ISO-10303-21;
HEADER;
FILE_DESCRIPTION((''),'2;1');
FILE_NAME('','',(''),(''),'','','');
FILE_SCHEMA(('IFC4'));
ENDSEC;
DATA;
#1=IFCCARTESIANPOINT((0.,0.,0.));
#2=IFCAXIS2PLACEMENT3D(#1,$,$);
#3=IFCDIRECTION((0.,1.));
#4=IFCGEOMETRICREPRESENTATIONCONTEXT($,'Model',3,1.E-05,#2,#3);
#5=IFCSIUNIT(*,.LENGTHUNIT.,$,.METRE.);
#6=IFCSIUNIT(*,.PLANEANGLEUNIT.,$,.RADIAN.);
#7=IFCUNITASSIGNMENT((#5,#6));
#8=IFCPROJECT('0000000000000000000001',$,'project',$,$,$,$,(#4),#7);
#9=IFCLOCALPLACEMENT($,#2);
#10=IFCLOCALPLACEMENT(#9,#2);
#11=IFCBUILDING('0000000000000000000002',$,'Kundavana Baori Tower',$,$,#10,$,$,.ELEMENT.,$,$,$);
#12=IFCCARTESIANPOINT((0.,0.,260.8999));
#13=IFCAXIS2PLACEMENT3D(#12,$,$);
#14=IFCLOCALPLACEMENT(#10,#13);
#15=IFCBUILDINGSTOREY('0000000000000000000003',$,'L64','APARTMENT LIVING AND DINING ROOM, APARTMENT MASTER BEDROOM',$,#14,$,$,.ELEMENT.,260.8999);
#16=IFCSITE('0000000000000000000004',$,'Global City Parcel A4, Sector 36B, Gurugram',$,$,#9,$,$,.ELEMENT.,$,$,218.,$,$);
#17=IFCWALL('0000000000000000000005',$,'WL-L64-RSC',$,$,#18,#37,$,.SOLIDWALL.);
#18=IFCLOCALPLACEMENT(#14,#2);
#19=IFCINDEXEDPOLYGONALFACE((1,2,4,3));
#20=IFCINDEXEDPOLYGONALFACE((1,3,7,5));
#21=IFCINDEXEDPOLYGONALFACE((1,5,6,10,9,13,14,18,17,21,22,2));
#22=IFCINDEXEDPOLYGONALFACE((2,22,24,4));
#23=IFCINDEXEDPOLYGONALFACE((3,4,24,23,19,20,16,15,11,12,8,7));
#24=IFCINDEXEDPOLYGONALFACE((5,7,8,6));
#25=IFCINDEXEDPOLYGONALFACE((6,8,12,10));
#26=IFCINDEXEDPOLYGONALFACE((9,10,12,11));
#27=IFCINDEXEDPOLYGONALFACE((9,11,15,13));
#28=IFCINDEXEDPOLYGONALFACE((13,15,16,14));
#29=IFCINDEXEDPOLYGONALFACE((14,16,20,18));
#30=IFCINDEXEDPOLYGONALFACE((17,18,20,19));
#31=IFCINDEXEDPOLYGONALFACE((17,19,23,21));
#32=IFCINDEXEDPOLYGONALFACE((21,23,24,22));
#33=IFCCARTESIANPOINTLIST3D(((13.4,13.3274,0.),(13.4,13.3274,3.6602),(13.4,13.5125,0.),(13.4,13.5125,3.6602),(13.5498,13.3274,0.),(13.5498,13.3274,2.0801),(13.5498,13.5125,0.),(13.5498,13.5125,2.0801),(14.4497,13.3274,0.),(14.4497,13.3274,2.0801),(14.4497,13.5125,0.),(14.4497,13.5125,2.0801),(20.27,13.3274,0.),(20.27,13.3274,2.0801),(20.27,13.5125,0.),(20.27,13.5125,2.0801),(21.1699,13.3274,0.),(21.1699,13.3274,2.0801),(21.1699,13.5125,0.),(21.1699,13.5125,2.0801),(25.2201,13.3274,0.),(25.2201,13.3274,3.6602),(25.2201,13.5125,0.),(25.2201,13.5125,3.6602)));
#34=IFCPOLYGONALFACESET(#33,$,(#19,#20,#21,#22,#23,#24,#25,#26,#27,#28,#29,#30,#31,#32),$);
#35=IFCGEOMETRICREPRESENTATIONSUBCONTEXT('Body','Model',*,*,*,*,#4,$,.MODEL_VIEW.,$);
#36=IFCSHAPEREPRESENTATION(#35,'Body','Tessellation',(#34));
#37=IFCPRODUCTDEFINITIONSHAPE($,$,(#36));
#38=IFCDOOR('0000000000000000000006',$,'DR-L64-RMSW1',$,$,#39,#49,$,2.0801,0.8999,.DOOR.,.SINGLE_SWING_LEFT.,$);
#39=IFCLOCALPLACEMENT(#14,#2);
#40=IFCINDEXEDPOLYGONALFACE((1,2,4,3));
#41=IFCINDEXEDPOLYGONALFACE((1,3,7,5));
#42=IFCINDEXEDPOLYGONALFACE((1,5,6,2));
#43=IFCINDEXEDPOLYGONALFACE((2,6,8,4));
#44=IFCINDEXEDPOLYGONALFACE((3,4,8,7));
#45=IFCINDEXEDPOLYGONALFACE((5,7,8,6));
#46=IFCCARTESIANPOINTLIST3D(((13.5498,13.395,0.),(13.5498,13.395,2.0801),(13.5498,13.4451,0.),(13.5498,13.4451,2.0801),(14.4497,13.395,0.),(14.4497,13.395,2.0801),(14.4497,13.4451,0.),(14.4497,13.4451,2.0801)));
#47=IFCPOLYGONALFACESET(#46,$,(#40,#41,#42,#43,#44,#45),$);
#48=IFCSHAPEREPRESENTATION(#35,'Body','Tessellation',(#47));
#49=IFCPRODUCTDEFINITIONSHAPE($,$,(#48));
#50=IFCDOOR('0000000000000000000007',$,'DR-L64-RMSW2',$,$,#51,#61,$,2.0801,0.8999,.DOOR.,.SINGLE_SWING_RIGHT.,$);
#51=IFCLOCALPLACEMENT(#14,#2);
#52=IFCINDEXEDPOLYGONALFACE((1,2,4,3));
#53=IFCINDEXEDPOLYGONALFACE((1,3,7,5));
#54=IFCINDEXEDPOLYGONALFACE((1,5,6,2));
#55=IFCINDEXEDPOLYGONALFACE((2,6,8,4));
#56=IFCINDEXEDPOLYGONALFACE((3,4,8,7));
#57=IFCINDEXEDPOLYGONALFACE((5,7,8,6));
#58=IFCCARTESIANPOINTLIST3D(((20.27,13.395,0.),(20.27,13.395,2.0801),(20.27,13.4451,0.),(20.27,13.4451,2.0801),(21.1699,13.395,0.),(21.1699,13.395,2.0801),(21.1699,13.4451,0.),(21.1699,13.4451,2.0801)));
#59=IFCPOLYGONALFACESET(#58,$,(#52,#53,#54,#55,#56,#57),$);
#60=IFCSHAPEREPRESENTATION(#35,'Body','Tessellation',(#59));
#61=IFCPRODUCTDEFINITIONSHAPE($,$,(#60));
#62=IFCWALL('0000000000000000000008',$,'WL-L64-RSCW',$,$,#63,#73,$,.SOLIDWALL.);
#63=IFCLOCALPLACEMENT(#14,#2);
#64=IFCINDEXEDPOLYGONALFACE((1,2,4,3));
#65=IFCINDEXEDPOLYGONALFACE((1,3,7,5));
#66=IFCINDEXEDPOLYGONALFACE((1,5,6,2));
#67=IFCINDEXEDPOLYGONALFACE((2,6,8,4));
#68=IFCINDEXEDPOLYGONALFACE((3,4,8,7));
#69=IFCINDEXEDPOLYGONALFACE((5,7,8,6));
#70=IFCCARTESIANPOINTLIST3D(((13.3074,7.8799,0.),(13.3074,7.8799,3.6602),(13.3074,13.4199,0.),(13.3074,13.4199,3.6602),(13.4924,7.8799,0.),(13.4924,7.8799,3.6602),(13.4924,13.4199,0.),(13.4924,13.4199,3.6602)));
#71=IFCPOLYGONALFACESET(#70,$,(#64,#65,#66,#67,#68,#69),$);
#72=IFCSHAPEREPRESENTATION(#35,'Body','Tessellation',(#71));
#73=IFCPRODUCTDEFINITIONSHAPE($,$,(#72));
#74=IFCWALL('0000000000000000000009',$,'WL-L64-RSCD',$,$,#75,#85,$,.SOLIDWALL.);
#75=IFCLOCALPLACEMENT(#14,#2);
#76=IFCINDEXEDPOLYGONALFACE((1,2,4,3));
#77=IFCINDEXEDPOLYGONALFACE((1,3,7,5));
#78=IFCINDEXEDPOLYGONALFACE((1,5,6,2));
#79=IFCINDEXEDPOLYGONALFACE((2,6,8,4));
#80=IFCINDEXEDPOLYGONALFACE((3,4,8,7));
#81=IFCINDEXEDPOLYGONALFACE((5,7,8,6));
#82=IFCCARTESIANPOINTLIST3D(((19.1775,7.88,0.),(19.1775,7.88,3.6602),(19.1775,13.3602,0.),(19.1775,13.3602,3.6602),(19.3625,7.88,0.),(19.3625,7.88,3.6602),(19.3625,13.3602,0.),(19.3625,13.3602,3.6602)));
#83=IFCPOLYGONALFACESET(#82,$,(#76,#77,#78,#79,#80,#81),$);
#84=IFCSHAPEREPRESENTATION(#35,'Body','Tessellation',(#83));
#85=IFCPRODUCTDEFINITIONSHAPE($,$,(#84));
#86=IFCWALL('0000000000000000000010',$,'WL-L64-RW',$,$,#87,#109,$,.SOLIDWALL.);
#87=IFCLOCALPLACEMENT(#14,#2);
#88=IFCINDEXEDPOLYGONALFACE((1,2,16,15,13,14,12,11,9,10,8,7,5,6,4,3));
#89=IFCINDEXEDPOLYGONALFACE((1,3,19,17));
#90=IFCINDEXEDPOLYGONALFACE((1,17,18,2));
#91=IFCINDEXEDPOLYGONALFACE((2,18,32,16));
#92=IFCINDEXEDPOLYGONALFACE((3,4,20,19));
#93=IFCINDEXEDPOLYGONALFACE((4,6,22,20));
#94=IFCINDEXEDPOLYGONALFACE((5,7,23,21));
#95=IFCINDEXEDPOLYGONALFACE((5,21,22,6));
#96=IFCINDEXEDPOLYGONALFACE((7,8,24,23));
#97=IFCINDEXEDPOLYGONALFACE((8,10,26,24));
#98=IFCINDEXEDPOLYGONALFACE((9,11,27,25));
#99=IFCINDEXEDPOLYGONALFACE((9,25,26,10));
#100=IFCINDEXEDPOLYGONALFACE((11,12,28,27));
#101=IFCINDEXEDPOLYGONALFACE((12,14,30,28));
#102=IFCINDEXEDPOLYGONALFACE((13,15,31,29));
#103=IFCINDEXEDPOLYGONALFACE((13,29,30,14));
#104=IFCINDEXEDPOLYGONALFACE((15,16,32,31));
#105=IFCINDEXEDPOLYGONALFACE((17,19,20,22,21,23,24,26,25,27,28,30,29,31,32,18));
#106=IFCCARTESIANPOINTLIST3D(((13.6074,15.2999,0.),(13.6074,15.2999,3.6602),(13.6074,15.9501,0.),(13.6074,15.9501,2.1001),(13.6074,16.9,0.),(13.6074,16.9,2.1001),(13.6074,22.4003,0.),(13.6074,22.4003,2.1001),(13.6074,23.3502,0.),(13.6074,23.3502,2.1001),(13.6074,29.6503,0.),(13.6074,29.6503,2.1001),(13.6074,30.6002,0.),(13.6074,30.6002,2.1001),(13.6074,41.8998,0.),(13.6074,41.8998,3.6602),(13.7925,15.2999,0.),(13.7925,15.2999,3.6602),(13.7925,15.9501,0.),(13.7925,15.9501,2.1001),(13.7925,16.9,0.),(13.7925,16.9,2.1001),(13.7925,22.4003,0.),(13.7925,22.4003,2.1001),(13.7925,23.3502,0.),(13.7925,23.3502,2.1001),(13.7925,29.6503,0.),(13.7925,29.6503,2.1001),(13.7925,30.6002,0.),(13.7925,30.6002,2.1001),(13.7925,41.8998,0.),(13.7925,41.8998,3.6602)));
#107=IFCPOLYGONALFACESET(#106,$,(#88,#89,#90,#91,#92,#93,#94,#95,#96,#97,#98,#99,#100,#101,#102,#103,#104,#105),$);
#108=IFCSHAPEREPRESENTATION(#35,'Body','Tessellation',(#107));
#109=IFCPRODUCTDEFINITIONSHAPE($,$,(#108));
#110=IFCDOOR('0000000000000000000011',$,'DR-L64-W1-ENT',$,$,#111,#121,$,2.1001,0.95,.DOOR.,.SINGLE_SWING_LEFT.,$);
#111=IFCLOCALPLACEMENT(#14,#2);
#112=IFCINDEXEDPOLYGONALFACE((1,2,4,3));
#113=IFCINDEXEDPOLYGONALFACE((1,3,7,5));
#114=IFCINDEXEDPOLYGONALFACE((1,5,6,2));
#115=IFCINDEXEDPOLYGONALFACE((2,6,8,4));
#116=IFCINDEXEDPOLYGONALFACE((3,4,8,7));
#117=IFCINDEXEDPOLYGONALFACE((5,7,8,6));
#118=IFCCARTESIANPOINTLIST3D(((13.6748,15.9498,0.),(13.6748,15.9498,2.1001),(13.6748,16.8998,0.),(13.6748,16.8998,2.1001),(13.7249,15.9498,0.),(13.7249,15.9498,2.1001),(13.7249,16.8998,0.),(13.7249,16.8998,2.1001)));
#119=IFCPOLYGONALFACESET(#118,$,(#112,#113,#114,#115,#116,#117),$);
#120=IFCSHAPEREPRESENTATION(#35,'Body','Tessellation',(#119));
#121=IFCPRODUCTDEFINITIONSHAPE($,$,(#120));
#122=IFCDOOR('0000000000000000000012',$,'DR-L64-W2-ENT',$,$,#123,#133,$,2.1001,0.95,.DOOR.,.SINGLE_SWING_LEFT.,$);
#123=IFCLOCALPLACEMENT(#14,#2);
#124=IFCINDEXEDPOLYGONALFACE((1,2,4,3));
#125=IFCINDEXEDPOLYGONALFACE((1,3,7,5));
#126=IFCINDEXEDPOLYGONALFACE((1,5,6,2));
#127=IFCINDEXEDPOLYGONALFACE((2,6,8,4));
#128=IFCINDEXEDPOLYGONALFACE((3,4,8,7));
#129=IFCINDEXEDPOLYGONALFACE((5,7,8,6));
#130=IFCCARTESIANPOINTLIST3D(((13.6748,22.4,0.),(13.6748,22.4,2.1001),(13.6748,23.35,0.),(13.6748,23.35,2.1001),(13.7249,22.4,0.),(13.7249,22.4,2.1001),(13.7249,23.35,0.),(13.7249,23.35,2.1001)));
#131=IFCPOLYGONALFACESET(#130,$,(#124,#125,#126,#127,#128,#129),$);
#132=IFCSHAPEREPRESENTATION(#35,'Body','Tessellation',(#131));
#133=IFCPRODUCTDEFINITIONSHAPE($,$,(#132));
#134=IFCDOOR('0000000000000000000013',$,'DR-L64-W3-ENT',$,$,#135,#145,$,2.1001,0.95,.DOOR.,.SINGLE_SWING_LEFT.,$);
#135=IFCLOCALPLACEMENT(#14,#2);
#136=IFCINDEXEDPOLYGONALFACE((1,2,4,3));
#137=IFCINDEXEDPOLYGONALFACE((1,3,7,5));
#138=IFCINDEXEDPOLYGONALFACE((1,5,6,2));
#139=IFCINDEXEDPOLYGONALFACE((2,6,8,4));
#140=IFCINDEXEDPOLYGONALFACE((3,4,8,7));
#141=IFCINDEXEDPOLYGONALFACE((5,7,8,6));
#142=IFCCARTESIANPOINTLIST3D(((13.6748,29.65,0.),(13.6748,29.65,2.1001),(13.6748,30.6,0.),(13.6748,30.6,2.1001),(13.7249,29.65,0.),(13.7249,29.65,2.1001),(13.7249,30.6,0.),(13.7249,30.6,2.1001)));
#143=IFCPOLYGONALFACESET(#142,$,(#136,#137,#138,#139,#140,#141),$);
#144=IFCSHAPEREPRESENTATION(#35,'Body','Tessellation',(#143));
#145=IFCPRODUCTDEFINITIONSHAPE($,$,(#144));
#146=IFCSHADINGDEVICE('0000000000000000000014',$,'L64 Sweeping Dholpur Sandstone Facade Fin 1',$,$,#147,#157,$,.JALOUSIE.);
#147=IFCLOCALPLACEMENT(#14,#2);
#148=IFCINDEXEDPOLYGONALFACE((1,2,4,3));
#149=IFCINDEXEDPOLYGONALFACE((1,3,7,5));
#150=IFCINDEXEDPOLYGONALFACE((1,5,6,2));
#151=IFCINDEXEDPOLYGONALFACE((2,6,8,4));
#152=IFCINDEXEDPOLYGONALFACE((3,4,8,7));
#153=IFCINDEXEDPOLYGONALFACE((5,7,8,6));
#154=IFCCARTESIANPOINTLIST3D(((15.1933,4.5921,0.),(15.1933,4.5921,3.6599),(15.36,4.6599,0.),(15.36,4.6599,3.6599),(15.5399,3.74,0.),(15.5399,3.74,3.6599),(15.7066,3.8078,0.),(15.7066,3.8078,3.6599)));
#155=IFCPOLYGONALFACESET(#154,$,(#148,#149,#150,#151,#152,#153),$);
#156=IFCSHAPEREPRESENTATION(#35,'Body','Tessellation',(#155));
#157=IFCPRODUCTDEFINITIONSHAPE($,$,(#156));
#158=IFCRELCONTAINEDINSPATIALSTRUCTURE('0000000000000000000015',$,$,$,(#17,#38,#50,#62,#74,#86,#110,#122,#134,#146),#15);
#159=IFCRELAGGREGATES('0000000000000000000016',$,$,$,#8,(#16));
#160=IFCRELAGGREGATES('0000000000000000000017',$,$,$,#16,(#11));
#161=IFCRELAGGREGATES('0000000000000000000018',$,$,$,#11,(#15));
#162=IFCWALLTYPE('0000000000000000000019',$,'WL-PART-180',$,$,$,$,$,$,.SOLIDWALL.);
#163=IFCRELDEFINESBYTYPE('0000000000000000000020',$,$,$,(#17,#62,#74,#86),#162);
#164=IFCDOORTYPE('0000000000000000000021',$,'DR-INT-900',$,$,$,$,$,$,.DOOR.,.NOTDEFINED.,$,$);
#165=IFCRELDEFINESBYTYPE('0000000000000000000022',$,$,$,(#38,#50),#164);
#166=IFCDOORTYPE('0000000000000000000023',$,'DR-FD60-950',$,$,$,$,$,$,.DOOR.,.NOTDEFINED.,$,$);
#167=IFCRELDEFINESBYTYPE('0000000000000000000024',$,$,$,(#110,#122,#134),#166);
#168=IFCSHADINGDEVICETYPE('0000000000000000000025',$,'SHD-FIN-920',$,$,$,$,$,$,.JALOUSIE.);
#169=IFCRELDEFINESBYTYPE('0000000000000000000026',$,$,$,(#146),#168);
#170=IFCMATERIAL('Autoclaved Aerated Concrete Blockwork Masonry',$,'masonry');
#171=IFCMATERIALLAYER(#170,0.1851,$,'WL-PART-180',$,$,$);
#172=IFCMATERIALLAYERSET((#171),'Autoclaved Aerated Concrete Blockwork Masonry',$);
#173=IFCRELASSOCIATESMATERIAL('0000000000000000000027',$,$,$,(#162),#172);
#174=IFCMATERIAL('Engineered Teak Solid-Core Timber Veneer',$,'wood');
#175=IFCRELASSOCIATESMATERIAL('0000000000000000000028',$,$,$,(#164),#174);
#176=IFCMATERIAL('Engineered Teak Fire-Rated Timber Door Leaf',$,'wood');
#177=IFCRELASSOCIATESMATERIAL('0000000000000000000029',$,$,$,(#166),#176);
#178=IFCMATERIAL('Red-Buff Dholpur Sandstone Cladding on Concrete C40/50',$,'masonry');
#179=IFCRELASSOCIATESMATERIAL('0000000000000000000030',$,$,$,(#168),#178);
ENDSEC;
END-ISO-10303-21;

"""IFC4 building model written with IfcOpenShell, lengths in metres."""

from ifc_helpers import new_model, si_unit, direction, frame, frame_2d, origin, origin_2d, place, context, subcontext, project, spatial, rectangle, extrude, material, layer, layer_set, type_object, element, fill, save


model = new_model("IFC4")

# Units and contexts
model_context = context("Model", 3, precision=1e-05, world=origin(), true_north=direction((0.0, 1.0)))
body_context = subcontext(model_context, "Body", "Model", "MODEL_VIEW")
ifc_project = project(units=[si_unit("LENGTHUNIT", "METRE"), si_unit("PLANEANGLEUNIT", "RADIAN")], contexts=[model_context])

# Site, building, storey
site_placement = place(None, origin())
site = spatial("IfcSite", under=ifc_project, at=site_placement, Name="Global City Parcel A4, Sector 36B, Gurugram", CompositionType="ELEMENT", RefElevation=218.0)
building_placement = place(site_placement, origin())
building = spatial("IfcBuilding", under=site, at=building_placement, Name="Kundavana Baori Tower", CompositionType="ELEMENT")
storey_placement = place(building_placement, frame((0.0, 0.0, 260.8999)))
storey = spatial("IfcBuildingStorey", under=building, at=storey_placement, Name="L64", Description="APARTMENT LIVING AND DINING ROOM, APARTMENT MASTER BEDROOM", CompositionType="ELEMENT", Elevation=260.8999)

# Wall, openings, doors
ifc_material_1 = material(Name="Autoclaved Aerated Concrete Blockwork Masonry", Category="masonry")
ifc_layer_1 = layer(ifc_material_1, 0.1851, Name="WL-PART-180")
ifc_layer_set_1 = layer_set([ifc_layer_1], Name="Autoclaved Aerated Concrete Blockwork Masonry")
wall_type_1 = type_object("IfcWallType", Name="WL-PART-180", PredefinedType="SOLIDWALL", material=ifc_layer_set_1)
wall_1_placement = place(storey_placement, frame((13.3999, 13.4199, 0.0), z_axis=(0.0, 0.0, 1.0), x_axis=(1.0, 0.0, 0.0)))
wall_1 = element("IfcWall", 1, at=wall_1_placement, inside=storey, type_object=wall_type_1, Name="WL-L64-RSC", PredefinedType="SOLIDWALL", context=body_context, shape_type="SweptSolid", body=[
    extrude(rectangle(XDim=11.8201, YDim=0.1851, at=frame_2d((5.9102, 0.0))), origin(), (0.0, 0.0, 1.0), 3.6602),
])
opening_1_placement = place(wall_1_placement, frame((0.1499, 0.0, 0.0)))
opening_1 = element("IfcOpeningElement", 2, at=opening_1_placement, cuts=wall_1, PredefinedType="OPENING", context=body_context, shape_type="SweptSolid", body=[
    extrude(rectangle(XDim=0.8999, YDim=2.0801, at=frame_2d((0.45, 1.04))), frame((0.0, 0.1025, 0.0), z_axis=(0.0, -1.0, 0.0), x_axis=(1.0, 0.0, 0.0)), (0.0, 0.0, 1.0), 0.2051),
])
opening_2_placement = place(wall_1_placement, frame((6.8701, 0.0, 0.0)))
opening_2 = element("IfcOpeningElement", 3, at=opening_2_placement, cuts=wall_1, PredefinedType="OPENING", context=body_context, shape_type="SweptSolid", body=[
    extrude(rectangle(XDim=0.8999, YDim=2.0801, at=frame_2d((0.45, 1.04))), frame((0.0, 0.1025, 0.0), z_axis=(0.0, -1.0, 0.0), x_axis=(1.0, 0.0, 0.0)), (0.0, 0.0, 1.0), 0.2051),
])
ifc_material_2 = material(Name="Engineered Teak Solid-Core Timber Veneer", Category="wood")
door_type_1 = type_object("IfcDoorType", Name="DR-INT-900", OperationType="NOTDEFINED", PredefinedType="DOOR", material=ifc_material_2)
door_1_placement = place(opening_1_placement, frame((0.8999, 0.0, 0.0), z_axis=(0.0, 0.0, 1.0), x_axis=(-1.0, 0.0, 0.0)))
door_1 = element("IfcDoor", 4, at=door_1_placement, inside=storey, type_object=door_type_1, Name="DR-L64-RMSW1", OperationType="SINGLE_SWING_LEFT", OverallHeight=2.0801, OverallWidth=0.8999, PredefinedType="DOOR", context=body_context, shape_type="SweptSolid", body=[
    extrude(rectangle(XDim=0.8999, YDim=2.0801, at=frame_2d((0.45, 1.04))), frame((0.0, 0.0249, 0.0), z_axis=(0.0, -1.0, 0.0), x_axis=(1.0, 0.0, 0.0)), (0.0, 0.0, 1.0), 0.05),
])
fill(opening_1, door_1)
door_2_placement = place(opening_2_placement, frame((0.8999, 0.0, 0.0), z_axis=(0.0, 0.0, 1.0), x_axis=(-1.0, 0.0, 0.0)))
door_2 = element("IfcDoor", 5, at=door_2_placement, inside=storey, type_object=door_type_1, Name="DR-L64-RMSW2", OperationType="SINGLE_SWING_RIGHT", OverallHeight=2.0801, OverallWidth=0.8999, PredefinedType="DOOR", context=body_context, shape_type="SweptSolid", body=[
    extrude(rectangle(XDim=0.8999, YDim=2.0801, at=frame_2d((0.45, 1.04))), frame((0.0, 0.0249, 0.0), z_axis=(0.0, -1.0, 0.0), x_axis=(1.0, 0.0, 0.0)), (0.0, 0.0, 1.0), 0.05),
])
fill(opening_2, door_2)

# Walls
wall_2_placement = place(storey_placement, frame((13.3999, 7.8799, 0.0), z_axis=(0.0, 0.0, 1.0), x_axis=(0.0, 1.0, 0.0)))
element("IfcWall", 6, at=wall_2_placement, inside=storey, type_object=wall_type_1, Name="WL-L64-RSCW", PredefinedType="SOLIDWALL", context=body_context, shape_type="SweptSolid", body=[
    extrude(rectangle(XDim=5.54, YDim=0.1851, at=frame_2d((2.77, 0.0))), origin(), (0.0, 0.0, 1.0), 3.6602),
])
wall_3_placement = place(storey_placement, frame((19.27, 7.8799, 0.0), z_axis=(0.0, 0.0, 1.0), x_axis=(0.0, 1.0, 0.0)))
element("IfcWall", 7, at=wall_3_placement, inside=storey, type_object=wall_type_1, Name="WL-L64-RSCD", PredefinedType="SOLIDWALL", context=body_context, shape_type="SweptSolid", body=[
    extrude(rectangle(XDim=5.4802, YDim=0.1851, at=frame_2d((2.7402, 0.0))), origin(), (0.0, 0.0, 1.0), 3.6602),
])

# Wall, openings, doors
wall_4_placement = place(storey_placement, frame((13.7, 15.3, 0.0), z_axis=(0.0, 0.0, 1.0), x_axis=(0.0, 1.0, 0.0)))
wall_4 = element("IfcWall", 8, at=wall_4_placement, inside=storey, type_object=wall_type_1, Name="WL-L64-RW", PredefinedType="SOLIDWALL", context=body_context, shape_type="SweptSolid", body=[
    extrude(rectangle(XDim=26.5999, YDim=0.1851, at=frame_2d((13.2998, 0.0))), origin(), (0.0, 0.0, 1.0), 3.6602),
])
opening_3_placement = place(wall_4_placement, frame((0.6499, 0.0, 0.0)))
opening_3 = element("IfcOpeningElement", 9, at=opening_3_placement, cuts=wall_4, PredefinedType="OPENING", context=body_context, shape_type="SweptSolid", body=[
    extrude(rectangle(XDim=0.95, YDim=2.1001, at=frame_2d((0.4751, 1.05))), frame((0.0, 0.1025, 0.0), z_axis=(0.0, -1.0, 0.0), x_axis=(1.0, 0.0, 0.0)), (0.0, 0.0, 1.0), 0.2051),
])
opening_4_placement = place(wall_4_placement, frame((7.1001, 0.0, 0.0)))
opening_4 = element("IfcOpeningElement", 10, at=opening_4_placement, cuts=wall_4, PredefinedType="OPENING", context=body_context, shape_type="SweptSolid", body=[
    extrude(rectangle(XDim=0.95, YDim=2.1001, at=frame_2d((0.4751, 1.05))), frame((0.0, 0.1025, 0.0), z_axis=(0.0, -1.0, 0.0), x_axis=(1.0, 0.0, 0.0)), (0.0, 0.0, 1.0), 0.2051),
])
opening_5_placement = place(wall_4_placement, frame((14.3501, 0.0, 0.0)))
opening_5 = element("IfcOpeningElement", 11, at=opening_5_placement, cuts=wall_4, PredefinedType="OPENING", context=body_context, shape_type="SweptSolid", body=[
    extrude(rectangle(XDim=0.95, YDim=2.1001, at=frame_2d((0.4751, 1.05))), frame((0.0, 0.1025, 0.0), z_axis=(0.0, -1.0, 0.0), x_axis=(1.0, 0.0, 0.0)), (0.0, 0.0, 1.0), 0.2051),
])
ifc_material_3 = material(Name="Engineered Teak Fire-Rated Timber Door Leaf", Category="wood")
door_type_2 = type_object("IfcDoorType", Name="DR-FD60-950", OperationType="NOTDEFINED", PredefinedType="DOOR", material=ifc_material_3)
door_3_placement = place(opening_3_placement, frame((0.95, 0.0, 0.0), z_axis=(0.0, 0.0, 1.0), x_axis=(-1.0, 0.0, 0.0)))
door_3 = element("IfcDoor", 12, at=door_3_placement, inside=storey, type_object=door_type_2, Name="DR-L64-W1-ENT", OperationType="SINGLE_SWING_LEFT", OverallHeight=2.1001, OverallWidth=0.95, PredefinedType="DOOR", context=body_context, shape_type="SweptSolid", body=[
    extrude(rectangle(XDim=0.95, YDim=2.1001, at=frame_2d((0.4751, 1.05))), frame((0.0, 0.0249, 0.0), z_axis=(0.0, -1.0, 0.0), x_axis=(1.0, 0.0, 0.0)), (0.0, 0.0, 1.0), 0.05),
])
fill(opening_3, door_3)
door_4_placement = place(opening_4_placement, frame((0.95, 0.0, 0.0), z_axis=(0.0, 0.0, 1.0), x_axis=(-1.0, 0.0, 0.0)))
door_4 = element("IfcDoor", 13, at=door_4_placement, inside=storey, type_object=door_type_2, Name="DR-L64-W2-ENT", OperationType="SINGLE_SWING_LEFT", OverallHeight=2.1001, OverallWidth=0.95, PredefinedType="DOOR", context=body_context, shape_type="SweptSolid", body=[
    extrude(rectangle(XDim=0.95, YDim=2.1001, at=frame_2d((0.4751, 1.05))), frame((0.0, 0.0249, 0.0), z_axis=(0.0, -1.0, 0.0), x_axis=(1.0, 0.0, 0.0)), (0.0, 0.0, 1.0), 0.05),
])
fill(opening_4, door_4)
door_5_placement = place(opening_5_placement, frame((0.95, 0.0, 0.0), z_axis=(0.0, 0.0, 1.0), x_axis=(-1.0, 0.0, 0.0)))
door_5 = element("IfcDoor", 14, at=door_5_placement, inside=storey, type_object=door_type_2, Name="DR-L64-W3-ENT", OperationType="SINGLE_SWING_LEFT", OverallHeight=2.1001, OverallWidth=0.95, PredefinedType="DOOR", context=body_context, shape_type="SweptSolid", body=[
    extrude(rectangle(XDim=0.95, YDim=2.1001, at=frame_2d((0.4751, 1.05))), frame((0.0, 0.0249, 0.0), z_axis=(0.0, -1.0, 0.0), x_axis=(1.0, 0.0, 0.0)), (0.0, 0.0, 1.0), 0.05),
])
fill(opening_5, door_5)

# Shading device
ifc_material_4 = material(Name="Red-Buff Dholpur Sandstone Cladding on Concrete C40/50", Category="masonry")
shading_device_type = type_object("IfcShadingDeviceType", Name="SHD-FIN-920", PredefinedType="JALOUSIE", material=ifc_material_4)
shading_device_placement = place(storey_placement, frame((15.45, 4.2, 0.0), z_axis=(0.0, 0.0, 1.0), x_axis=(0.926332, 0.376709, 0.0)))
element("IfcShadingDevice", 15, at=shading_device_placement, inside=storey, type_object=shading_device_type, Name="L64 Sweeping Dholpur Sandstone Facade Fin 1", PredefinedType="JALOUSIE", context=body_context, shape_type="SweptSolid", body=[
    extrude(rectangle(XDim=0.1799, YDim=0.9199, at=origin_2d()), origin(), (0.0, 0.0, 1.0), 3.6599),
])

save(model, "model.ifc")
